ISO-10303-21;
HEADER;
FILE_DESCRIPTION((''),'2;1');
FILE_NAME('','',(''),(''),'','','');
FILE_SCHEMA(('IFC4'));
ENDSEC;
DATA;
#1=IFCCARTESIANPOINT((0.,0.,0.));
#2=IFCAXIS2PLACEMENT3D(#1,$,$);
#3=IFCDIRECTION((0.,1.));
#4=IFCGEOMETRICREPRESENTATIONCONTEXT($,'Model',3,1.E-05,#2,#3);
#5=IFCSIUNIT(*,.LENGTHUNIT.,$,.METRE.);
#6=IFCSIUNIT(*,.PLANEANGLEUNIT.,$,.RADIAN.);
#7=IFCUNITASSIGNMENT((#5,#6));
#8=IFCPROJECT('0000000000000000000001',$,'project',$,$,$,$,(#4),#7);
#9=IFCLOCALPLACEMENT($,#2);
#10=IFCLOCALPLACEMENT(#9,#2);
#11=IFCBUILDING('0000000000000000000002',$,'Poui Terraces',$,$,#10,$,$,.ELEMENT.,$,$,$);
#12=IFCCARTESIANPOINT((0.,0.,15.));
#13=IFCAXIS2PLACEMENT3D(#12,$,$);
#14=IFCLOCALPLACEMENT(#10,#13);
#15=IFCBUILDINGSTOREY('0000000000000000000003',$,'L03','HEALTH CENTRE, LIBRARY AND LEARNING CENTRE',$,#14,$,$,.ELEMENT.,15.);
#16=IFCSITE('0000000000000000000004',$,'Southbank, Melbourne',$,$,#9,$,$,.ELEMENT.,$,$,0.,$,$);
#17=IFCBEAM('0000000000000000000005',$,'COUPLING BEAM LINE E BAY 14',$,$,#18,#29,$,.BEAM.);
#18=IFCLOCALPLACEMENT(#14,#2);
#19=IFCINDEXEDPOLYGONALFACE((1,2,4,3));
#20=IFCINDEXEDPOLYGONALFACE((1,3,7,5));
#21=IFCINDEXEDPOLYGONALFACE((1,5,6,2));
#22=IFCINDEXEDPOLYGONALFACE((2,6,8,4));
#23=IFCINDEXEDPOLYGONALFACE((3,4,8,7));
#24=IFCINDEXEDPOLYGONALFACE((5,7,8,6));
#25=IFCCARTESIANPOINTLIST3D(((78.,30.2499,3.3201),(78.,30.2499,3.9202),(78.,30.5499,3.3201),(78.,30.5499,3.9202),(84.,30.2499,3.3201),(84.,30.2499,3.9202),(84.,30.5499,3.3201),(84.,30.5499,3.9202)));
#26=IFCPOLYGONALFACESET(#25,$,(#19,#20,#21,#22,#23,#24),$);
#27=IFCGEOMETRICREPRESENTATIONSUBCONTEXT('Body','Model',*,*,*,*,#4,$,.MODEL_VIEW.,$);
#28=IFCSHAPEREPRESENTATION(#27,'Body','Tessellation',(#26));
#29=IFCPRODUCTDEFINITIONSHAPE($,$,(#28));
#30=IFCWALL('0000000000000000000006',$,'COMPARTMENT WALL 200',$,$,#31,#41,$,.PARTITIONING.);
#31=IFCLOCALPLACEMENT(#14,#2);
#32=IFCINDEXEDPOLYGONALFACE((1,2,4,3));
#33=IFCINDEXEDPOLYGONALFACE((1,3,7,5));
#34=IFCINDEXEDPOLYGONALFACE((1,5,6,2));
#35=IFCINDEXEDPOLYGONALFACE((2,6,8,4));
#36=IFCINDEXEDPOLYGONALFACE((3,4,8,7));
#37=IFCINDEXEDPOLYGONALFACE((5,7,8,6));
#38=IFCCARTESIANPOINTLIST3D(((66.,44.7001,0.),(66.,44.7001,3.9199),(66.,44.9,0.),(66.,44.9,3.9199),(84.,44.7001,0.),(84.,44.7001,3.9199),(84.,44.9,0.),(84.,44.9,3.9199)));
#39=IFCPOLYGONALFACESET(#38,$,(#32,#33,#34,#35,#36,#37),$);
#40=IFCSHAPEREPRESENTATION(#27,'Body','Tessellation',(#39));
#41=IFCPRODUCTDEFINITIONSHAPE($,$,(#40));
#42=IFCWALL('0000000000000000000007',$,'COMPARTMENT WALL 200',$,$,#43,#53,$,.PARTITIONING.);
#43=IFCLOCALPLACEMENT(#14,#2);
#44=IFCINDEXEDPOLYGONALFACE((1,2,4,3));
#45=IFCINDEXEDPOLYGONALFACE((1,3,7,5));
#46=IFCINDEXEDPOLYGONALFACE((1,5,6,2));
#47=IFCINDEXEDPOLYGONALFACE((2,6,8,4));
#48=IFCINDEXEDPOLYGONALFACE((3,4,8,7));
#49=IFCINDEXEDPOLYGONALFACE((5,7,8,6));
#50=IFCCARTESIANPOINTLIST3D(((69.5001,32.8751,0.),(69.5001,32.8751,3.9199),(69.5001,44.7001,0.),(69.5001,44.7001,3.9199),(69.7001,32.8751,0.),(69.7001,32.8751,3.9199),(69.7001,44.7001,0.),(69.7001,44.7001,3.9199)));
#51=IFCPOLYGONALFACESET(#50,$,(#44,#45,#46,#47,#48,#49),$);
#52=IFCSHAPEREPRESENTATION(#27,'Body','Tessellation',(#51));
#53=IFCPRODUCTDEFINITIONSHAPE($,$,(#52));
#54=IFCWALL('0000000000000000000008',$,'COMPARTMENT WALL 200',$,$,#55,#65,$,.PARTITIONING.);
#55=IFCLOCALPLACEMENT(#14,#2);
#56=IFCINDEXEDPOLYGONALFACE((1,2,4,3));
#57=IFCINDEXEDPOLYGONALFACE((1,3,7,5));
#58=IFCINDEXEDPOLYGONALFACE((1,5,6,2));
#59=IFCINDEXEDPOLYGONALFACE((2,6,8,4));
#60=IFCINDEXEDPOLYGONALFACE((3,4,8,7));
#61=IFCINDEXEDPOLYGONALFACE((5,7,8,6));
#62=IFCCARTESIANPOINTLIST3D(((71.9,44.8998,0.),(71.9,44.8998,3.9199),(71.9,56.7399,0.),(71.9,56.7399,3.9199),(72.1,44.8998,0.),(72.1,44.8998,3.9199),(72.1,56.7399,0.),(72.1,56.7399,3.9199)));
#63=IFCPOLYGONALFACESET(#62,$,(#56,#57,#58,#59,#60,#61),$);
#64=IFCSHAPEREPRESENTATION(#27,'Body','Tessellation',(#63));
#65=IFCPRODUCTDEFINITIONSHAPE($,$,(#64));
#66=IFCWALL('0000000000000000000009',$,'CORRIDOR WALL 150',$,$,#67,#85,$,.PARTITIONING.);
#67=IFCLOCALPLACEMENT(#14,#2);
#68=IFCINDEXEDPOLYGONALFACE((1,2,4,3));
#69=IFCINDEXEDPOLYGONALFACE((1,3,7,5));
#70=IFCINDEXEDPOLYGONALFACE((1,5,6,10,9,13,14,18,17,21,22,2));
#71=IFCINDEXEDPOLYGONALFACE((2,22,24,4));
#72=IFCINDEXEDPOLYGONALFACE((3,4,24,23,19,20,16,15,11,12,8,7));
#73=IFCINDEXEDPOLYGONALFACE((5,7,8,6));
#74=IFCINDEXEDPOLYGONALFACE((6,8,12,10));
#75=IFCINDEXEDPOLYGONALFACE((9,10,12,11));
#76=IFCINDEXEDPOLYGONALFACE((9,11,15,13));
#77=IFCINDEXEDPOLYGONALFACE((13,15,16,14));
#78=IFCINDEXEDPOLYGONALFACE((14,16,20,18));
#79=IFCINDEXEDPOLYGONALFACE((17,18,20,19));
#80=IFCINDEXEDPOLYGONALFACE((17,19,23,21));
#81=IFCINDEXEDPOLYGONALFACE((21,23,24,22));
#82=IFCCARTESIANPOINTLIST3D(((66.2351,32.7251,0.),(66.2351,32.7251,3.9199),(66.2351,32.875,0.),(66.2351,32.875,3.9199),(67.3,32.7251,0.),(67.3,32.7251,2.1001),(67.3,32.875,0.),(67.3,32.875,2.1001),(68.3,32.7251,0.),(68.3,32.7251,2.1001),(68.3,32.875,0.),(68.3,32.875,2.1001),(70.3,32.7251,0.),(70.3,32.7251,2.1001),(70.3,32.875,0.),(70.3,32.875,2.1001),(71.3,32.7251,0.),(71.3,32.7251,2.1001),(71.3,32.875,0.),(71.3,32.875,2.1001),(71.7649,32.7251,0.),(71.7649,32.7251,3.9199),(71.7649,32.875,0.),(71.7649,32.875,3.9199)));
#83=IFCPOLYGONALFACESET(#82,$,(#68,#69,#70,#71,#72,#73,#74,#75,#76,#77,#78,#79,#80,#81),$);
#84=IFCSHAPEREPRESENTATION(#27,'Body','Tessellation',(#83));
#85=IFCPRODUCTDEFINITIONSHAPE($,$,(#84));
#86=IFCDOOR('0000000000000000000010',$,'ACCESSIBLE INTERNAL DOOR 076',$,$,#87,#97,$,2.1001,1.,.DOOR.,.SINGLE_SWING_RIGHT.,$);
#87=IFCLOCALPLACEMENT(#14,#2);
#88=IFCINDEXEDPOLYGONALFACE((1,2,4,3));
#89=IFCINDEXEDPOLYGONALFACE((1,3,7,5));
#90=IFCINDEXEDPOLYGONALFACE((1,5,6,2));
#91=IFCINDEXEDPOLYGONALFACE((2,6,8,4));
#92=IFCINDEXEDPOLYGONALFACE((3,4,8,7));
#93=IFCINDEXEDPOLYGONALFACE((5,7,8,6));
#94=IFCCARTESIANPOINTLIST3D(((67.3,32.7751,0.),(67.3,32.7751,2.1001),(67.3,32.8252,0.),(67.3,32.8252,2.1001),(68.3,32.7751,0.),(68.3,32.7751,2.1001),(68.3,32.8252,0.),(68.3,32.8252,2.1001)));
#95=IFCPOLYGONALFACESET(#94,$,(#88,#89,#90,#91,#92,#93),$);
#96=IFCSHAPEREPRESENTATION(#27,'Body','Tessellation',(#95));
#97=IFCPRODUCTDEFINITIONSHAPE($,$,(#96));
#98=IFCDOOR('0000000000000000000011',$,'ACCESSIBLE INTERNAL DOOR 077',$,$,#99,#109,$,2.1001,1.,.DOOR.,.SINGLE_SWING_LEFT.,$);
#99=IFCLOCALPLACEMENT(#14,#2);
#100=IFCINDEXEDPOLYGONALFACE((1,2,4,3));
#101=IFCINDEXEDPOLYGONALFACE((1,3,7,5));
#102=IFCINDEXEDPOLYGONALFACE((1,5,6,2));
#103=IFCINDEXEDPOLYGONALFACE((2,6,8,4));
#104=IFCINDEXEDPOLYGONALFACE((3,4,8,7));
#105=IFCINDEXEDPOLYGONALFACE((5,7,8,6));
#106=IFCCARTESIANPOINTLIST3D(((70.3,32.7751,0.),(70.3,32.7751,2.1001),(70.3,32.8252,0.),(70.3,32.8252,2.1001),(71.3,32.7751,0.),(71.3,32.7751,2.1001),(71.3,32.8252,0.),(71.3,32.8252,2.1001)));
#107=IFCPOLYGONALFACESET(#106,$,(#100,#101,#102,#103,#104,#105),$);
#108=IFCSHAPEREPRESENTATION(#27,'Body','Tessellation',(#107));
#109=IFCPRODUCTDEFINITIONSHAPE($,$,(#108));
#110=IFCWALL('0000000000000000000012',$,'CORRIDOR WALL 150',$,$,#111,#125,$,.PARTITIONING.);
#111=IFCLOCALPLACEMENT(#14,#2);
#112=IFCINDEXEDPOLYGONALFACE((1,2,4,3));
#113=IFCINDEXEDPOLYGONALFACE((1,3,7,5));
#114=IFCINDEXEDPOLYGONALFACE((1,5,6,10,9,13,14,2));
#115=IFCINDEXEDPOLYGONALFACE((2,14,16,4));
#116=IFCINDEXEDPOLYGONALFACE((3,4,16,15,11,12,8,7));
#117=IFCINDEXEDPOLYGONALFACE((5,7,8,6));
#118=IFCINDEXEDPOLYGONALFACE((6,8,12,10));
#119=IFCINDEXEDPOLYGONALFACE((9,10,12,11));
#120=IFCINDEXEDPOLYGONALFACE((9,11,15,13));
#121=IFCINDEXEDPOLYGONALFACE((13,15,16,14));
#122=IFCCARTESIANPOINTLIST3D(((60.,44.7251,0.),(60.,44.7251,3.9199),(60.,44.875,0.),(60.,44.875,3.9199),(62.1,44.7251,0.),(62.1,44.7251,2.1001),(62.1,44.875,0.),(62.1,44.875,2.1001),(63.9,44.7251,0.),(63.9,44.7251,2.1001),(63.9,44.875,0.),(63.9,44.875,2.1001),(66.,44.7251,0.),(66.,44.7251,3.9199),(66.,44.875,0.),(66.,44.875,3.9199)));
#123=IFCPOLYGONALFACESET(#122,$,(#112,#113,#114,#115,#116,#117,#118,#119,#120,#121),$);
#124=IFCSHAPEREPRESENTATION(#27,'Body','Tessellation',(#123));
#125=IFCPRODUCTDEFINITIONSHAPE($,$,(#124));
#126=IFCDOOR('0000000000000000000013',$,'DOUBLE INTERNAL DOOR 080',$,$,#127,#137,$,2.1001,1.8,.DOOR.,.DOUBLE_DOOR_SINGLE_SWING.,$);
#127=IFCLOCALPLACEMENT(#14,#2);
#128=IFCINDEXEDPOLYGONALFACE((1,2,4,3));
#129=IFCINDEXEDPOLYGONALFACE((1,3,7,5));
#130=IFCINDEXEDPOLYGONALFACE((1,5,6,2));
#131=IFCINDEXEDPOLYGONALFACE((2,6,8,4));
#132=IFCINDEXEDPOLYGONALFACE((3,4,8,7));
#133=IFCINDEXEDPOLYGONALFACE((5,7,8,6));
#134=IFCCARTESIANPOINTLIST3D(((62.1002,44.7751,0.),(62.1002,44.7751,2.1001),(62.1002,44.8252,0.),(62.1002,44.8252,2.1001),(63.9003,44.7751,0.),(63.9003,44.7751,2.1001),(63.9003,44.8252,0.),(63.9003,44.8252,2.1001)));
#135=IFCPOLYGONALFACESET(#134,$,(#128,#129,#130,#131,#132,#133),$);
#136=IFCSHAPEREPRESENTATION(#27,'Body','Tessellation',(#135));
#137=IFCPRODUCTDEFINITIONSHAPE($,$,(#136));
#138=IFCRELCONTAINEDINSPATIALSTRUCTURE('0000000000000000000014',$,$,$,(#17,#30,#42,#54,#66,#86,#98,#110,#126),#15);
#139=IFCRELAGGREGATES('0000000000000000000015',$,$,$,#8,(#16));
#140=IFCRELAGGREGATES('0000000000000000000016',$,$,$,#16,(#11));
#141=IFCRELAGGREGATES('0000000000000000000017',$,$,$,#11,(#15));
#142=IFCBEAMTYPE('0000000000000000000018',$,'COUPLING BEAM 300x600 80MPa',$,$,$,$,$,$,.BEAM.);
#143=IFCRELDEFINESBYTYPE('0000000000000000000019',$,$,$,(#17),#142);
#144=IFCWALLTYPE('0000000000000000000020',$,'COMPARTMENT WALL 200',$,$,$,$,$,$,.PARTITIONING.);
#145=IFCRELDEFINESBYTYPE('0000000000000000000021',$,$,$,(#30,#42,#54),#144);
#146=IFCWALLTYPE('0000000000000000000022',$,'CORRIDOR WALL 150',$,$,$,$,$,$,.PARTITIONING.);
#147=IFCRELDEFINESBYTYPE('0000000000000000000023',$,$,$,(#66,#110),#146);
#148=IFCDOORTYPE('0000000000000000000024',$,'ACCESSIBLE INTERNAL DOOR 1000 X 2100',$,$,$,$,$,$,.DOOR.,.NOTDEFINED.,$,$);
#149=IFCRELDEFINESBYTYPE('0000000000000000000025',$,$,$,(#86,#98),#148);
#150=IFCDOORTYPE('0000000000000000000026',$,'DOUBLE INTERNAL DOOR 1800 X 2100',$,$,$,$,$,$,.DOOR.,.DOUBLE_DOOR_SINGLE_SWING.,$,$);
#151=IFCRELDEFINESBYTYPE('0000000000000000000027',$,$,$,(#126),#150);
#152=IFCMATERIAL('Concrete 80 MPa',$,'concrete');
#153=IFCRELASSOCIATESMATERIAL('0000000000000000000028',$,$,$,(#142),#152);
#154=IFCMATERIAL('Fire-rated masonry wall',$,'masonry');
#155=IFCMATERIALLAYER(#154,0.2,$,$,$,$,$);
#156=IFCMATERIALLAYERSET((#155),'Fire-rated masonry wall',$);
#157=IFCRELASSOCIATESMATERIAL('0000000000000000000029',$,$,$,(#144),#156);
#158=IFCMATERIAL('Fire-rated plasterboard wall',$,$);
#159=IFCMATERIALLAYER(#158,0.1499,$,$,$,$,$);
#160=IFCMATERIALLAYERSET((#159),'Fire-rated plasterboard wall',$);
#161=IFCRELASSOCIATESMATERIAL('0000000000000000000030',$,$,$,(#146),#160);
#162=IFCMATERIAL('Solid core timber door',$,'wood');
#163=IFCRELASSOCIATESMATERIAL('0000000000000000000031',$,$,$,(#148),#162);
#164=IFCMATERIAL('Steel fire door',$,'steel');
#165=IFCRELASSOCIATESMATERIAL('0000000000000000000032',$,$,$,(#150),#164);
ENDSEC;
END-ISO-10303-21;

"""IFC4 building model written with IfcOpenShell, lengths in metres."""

from ifc_helpers import new_model, si_unit, direction, frame, frame_2d, origin, origin_2d, place, context, subcontext, project, spatial, rectangle, extrude, source, transform, mapped, material, layer, layer_set, material_profile, profile_set, type_object, element, fill, save


model = new_model("IFC4")

# Units and contexts
model_context = context("Model", 3, precision=1e-05, world=origin(), true_north=direction((0.0, 1.0)))
body_context = subcontext(model_context, "Body", "Model", "MODEL_VIEW")
ifc_project = project(units=[si_unit("LENGTHUNIT", "METRE"), si_unit("PLANEANGLEUNIT", "RADIAN")], contexts=[model_context])

# Site, building, storey
site_placement = place(None, origin())
site = spatial("IfcSite", under=ifc_project, at=site_placement, Name="Southbank, Melbourne", CompositionType="ELEMENT", RefElevation=0.0)
building_placement = place(site_placement, origin())
building = spatial("IfcBuilding", under=site, at=building_placement, Name="Poui Terraces", CompositionType="ELEMENT")
storey_placement = place(building_placement, frame((0.0, 0.0, 15.0)))
storey = spatial("IfcBuildingStorey", under=building, at=storey_placement, Name="L03", Description="HEALTH CENTRE, LIBRARY AND LEARNING CENTRE", CompositionType="ELEMENT", Elevation=15.0)

# Beam
ifc_material_1 = material(Name="Concrete 80 MPa", Category="concrete")
ifc_material_profile = material_profile(ifc_material_1, rectangle(XDim=0.3, YDim=0.6001, at=origin_2d()), Name="RC 300x600")
ifc_profile_set = profile_set([ifc_material_profile], Name="Concrete 80 MPa")
beam_type = type_object("IfcBeamType", Name="COUPLING BEAM 300x600 80MPa", PredefinedType="BEAM", material=ifc_profile_set)
shared_shape = source(origin(), body_context, "Body", "SweptSolid", [
    extrude(rectangle(XDim=0.3, YDim=0.6001, at=origin_2d()), origin(), (0.0, 0.0, 1.0), 6.0),
])
beam_placement = place(storey_placement, frame((78.0, 30.3999, 3.6201), z_axis=(1.0, 0.0, 0.0), x_axis=(0.0, 1.0, 0.0)))
element("IfcBeam", 1, at=beam_placement, inside=storey, type_object=beam_type, Name="COUPLING BEAM LINE E BAY 14", PredefinedType="BEAM", context=body_context, shape_type="MappedRepresentation", body=[
    mapped(shared_shape, transform((0.0, 0.0, 0.0))),
])

# Walls
ifc_material_2 = material(Name="Fire-rated masonry wall", Category="masonry")
ifc_layer_1 = layer(ifc_material_2, 0.2)
ifc_layer_set_1 = layer_set([ifc_layer_1], Name="Fire-rated masonry wall")
wall_type_1 = type_object("IfcWallType", Name="COMPARTMENT WALL 200", PredefinedType="PARTITIONING", material=ifc_layer_set_1)
wall_1_placement = place(storey_placement, frame((66.0, 44.8, 0.0), z_axis=(0.0, 0.0, 1.0), x_axis=(1.0, 0.0, 0.0)))
element("IfcWall", 2, at=wall_1_placement, inside=storey, type_object=wall_type_1, Name="COMPARTMENT WALL 200", PredefinedType="PARTITIONING", context=body_context, shape_type="SweptSolid", body=[
    extrude(rectangle(XDim=18.0, YDim=0.2, at=frame_2d((9.0, 0.0))), origin(), (0.0, 0.0, 1.0), 3.9199),
])
wall_2_placement = place(storey_placement, frame((69.6001, 32.875, 0.0), z_axis=(0.0, 0.0, 1.0), x_axis=(0.0, 1.0, 0.0)))
element("IfcWall", 3, at=wall_2_placement, inside=storey, type_object=wall_type_1, Name="COMPARTMENT WALL 200", PredefinedType="PARTITIONING", context=body_context, shape_type="SweptSolid", body=[
    extrude(rectangle(XDim=11.825, YDim=0.2, at=frame_2d((5.9126, 0.0))), origin(), (0.0, 0.0, 1.0), 3.9199),
])
wall_3_placement = place(storey_placement, frame((72.0, 44.8999, 0.0), z_axis=(0.0, 0.0, 1.0), x_axis=(0.0, 1.0, 0.0)))
element("IfcWall", 4, at=wall_3_placement, inside=storey, type_object=wall_type_1, Name="COMPARTMENT WALL 200", PredefinedType="PARTITIONING", context=body_context, shape_type="SweptSolid", body=[
    extrude(rectangle(XDim=11.8401, YDim=0.2, at=frame_2d((5.9199, 0.0))), origin(), (0.0, 0.0, 1.0), 3.9199),
])

# Wall, openings, doors
ifc_material_3 = material(Name="Fire-rated plasterboard wall")
ifc_layer_2 = layer(ifc_material_3, 0.1499)
ifc_layer_set_2 = layer_set([ifc_layer_2], Name="Fire-rated plasterboard wall")
wall_type_2 = type_object("IfcWallType", Name="CORRIDOR WALL 150", PredefinedType="PARTITIONING", material=ifc_layer_set_2)
wall_4_placement = place(storey_placement, frame((66.2351, 32.8, 0.0), z_axis=(0.0, 0.0, 1.0), x_axis=(1.0, 0.0, 0.0)))
wall_4 = element("IfcWall", 5, at=wall_4_placement, inside=storey, type_object=wall_type_2, Name="CORRIDOR WALL 150", PredefinedType="PARTITIONING", context=body_context, shape_type="SweptSolid", body=[
    extrude(rectangle(XDim=5.5298, YDim=0.1499, at=frame_2d((2.7649, 0.0))), origin(), (0.0, 0.0, 1.0), 3.9199),
])
opening_1_placement = place(wall_4_placement, frame((1.0649, 0.0, 0.0)))
opening_1 = element("IfcOpeningElement", 6, at=opening_1_placement, cuts=wall_4, PredefinedType="OPENING", context=body_context, shape_type="SweptSolid", body=[
    extrude(rectangle(XDim=1.0, YDim=2.1001, at=frame_2d((0.5, 1.05))), frame((0.0, 0.085, 0.0), z_axis=(0.0, -1.0, 0.0), x_axis=(1.0, 0.0, 0.0)), (0.0, 0.0, 1.0), 0.1699),
])
opening_2_placement = place(wall_4_placement, frame((4.0649, 0.0, 0.0)))
opening_2 = element("IfcOpeningElement", 7, at=opening_2_placement, cuts=wall_4, PredefinedType="OPENING", context=body_context, shape_type="SweptSolid", body=[
    extrude(rectangle(XDim=1.0, YDim=2.1001, at=frame_2d((0.5, 1.05))), frame((0.0, 0.085, 0.0), z_axis=(0.0, -1.0, 0.0), x_axis=(1.0, 0.0, 0.0)), (0.0, 0.0, 1.0), 0.1699),
])
ifc_material_4 = material(Name="Solid core timber door", Category="wood")
door_type_1 = type_object("IfcDoorType", Name="ACCESSIBLE INTERNAL DOOR 1000 X 2100", OperationType="NOTDEFINED", PredefinedType="DOOR", material=ifc_material_4)
door_1_placement = place(opening_1_placement, frame((1.0, 0.0, 0.0), z_axis=(0.0, 0.0, 1.0), x_axis=(-1.0, 0.0, 0.0)))
door_1 = element("IfcDoor", 8, at=door_1_placement, inside=storey, type_object=door_type_1, Name="ACCESSIBLE INTERNAL DOOR 076", OperationType="SINGLE_SWING_RIGHT", OverallHeight=2.1001, OverallWidth=1.0, PredefinedType="DOOR", context=body_context, shape_type="SweptSolid", body=[
    extrude(rectangle(XDim=1.0, YDim=2.1001, at=frame_2d((0.5, 1.05))), frame((0.0, 0.0249, 0.0), z_axis=(0.0, -1.0, 0.0), x_axis=(1.0, 0.0, 0.0)), (0.0, 0.0, 1.0), 0.05),
])
fill(opening_1, door_1)
door_2_placement = place(opening_2_placement, frame((1.0, 0.0, 0.0), z_axis=(0.0, 0.0, 1.0), x_axis=(-1.0, 0.0, 0.0)))
door_2 = element("IfcDoor", 9, at=door_2_placement, inside=storey, type_object=door_type_1, Name="ACCESSIBLE INTERNAL DOOR 077", OperationType="SINGLE_SWING_LEFT", OverallHeight=2.1001, OverallWidth=1.0, PredefinedType="DOOR", context=body_context, shape_type="SweptSolid", body=[
    extrude(rectangle(XDim=1.0, YDim=2.1001, at=frame_2d((0.5, 1.05))), frame((0.0, 0.0249, 0.0), z_axis=(0.0, -1.0, 0.0), x_axis=(1.0, 0.0, 0.0)), (0.0, 0.0, 1.0), 0.05),
])
fill(opening_2, door_2)

# Wall, opening, door
wall_5_placement = place(storey_placement, frame((60.0, 44.8, 0.0), z_axis=(0.0, 0.0, 1.0), x_axis=(1.0, 0.0, 0.0)))
wall_5 = element("IfcWall", 10, at=wall_5_placement, inside=storey, type_object=wall_type_2, Name="CORRIDOR WALL 150", PredefinedType="PARTITIONING", context=body_context, shape_type="SweptSolid", body=[
    extrude(rectangle(XDim=6.0, YDim=0.1499, at=frame_2d((3.0, 0.0))), origin(), (0.0, 0.0, 1.0), 3.9199),
])
opening_3_placement = place(wall_5_placement, frame((2.1001, 0.0, 0.0)))
opening_3 = element("IfcOpeningElement", 11, at=opening_3_placement, cuts=wall_5, PredefinedType="OPENING", context=body_context, shape_type="SweptSolid", body=[
    extrude(rectangle(XDim=1.8, YDim=2.1001, at=frame_2d((0.8999, 1.05))), frame((0.0, 0.085, 0.0), z_axis=(0.0, -1.0, 0.0), x_axis=(1.0, 0.0, 0.0)), (0.0, 0.0, 1.0), 0.1699),
])
ifc_material_5 = material(Name="Steel fire door", Category="steel")
door_type_2 = type_object("IfcDoorType", Name="DOUBLE INTERNAL DOOR 1800 X 2100", OperationType="DOUBLE_DOOR_SINGLE_SWING", PredefinedType="DOOR", material=ifc_material_5)
door_3_placement = place(opening_3_placement, frame((1.8, 0.0, 0.0), z_axis=(0.0, 0.0, 1.0), x_axis=(-1.0, 0.0, 0.0)))
door_3 = element("IfcDoor", 12, at=door_3_placement, inside=storey, type_object=door_type_2, Name="DOUBLE INTERNAL DOOR 080", OperationType="DOUBLE_DOOR_SINGLE_SWING", OverallHeight=2.1001, OverallWidth=1.8, PredefinedType="DOOR", context=body_context, shape_type="SweptSolid", body=[
    extrude(rectangle(XDim=1.8, YDim=2.1001, at=frame_2d((0.8999, 1.05))), frame((0.0, 0.0249, 0.0), z_axis=(0.0, -1.0, 0.0), x_axis=(1.0, 0.0, 0.0)), (0.0, 0.0, 1.0), 0.05),
])
fill(opening_3, door_3)

save(model, "model.ifc")
